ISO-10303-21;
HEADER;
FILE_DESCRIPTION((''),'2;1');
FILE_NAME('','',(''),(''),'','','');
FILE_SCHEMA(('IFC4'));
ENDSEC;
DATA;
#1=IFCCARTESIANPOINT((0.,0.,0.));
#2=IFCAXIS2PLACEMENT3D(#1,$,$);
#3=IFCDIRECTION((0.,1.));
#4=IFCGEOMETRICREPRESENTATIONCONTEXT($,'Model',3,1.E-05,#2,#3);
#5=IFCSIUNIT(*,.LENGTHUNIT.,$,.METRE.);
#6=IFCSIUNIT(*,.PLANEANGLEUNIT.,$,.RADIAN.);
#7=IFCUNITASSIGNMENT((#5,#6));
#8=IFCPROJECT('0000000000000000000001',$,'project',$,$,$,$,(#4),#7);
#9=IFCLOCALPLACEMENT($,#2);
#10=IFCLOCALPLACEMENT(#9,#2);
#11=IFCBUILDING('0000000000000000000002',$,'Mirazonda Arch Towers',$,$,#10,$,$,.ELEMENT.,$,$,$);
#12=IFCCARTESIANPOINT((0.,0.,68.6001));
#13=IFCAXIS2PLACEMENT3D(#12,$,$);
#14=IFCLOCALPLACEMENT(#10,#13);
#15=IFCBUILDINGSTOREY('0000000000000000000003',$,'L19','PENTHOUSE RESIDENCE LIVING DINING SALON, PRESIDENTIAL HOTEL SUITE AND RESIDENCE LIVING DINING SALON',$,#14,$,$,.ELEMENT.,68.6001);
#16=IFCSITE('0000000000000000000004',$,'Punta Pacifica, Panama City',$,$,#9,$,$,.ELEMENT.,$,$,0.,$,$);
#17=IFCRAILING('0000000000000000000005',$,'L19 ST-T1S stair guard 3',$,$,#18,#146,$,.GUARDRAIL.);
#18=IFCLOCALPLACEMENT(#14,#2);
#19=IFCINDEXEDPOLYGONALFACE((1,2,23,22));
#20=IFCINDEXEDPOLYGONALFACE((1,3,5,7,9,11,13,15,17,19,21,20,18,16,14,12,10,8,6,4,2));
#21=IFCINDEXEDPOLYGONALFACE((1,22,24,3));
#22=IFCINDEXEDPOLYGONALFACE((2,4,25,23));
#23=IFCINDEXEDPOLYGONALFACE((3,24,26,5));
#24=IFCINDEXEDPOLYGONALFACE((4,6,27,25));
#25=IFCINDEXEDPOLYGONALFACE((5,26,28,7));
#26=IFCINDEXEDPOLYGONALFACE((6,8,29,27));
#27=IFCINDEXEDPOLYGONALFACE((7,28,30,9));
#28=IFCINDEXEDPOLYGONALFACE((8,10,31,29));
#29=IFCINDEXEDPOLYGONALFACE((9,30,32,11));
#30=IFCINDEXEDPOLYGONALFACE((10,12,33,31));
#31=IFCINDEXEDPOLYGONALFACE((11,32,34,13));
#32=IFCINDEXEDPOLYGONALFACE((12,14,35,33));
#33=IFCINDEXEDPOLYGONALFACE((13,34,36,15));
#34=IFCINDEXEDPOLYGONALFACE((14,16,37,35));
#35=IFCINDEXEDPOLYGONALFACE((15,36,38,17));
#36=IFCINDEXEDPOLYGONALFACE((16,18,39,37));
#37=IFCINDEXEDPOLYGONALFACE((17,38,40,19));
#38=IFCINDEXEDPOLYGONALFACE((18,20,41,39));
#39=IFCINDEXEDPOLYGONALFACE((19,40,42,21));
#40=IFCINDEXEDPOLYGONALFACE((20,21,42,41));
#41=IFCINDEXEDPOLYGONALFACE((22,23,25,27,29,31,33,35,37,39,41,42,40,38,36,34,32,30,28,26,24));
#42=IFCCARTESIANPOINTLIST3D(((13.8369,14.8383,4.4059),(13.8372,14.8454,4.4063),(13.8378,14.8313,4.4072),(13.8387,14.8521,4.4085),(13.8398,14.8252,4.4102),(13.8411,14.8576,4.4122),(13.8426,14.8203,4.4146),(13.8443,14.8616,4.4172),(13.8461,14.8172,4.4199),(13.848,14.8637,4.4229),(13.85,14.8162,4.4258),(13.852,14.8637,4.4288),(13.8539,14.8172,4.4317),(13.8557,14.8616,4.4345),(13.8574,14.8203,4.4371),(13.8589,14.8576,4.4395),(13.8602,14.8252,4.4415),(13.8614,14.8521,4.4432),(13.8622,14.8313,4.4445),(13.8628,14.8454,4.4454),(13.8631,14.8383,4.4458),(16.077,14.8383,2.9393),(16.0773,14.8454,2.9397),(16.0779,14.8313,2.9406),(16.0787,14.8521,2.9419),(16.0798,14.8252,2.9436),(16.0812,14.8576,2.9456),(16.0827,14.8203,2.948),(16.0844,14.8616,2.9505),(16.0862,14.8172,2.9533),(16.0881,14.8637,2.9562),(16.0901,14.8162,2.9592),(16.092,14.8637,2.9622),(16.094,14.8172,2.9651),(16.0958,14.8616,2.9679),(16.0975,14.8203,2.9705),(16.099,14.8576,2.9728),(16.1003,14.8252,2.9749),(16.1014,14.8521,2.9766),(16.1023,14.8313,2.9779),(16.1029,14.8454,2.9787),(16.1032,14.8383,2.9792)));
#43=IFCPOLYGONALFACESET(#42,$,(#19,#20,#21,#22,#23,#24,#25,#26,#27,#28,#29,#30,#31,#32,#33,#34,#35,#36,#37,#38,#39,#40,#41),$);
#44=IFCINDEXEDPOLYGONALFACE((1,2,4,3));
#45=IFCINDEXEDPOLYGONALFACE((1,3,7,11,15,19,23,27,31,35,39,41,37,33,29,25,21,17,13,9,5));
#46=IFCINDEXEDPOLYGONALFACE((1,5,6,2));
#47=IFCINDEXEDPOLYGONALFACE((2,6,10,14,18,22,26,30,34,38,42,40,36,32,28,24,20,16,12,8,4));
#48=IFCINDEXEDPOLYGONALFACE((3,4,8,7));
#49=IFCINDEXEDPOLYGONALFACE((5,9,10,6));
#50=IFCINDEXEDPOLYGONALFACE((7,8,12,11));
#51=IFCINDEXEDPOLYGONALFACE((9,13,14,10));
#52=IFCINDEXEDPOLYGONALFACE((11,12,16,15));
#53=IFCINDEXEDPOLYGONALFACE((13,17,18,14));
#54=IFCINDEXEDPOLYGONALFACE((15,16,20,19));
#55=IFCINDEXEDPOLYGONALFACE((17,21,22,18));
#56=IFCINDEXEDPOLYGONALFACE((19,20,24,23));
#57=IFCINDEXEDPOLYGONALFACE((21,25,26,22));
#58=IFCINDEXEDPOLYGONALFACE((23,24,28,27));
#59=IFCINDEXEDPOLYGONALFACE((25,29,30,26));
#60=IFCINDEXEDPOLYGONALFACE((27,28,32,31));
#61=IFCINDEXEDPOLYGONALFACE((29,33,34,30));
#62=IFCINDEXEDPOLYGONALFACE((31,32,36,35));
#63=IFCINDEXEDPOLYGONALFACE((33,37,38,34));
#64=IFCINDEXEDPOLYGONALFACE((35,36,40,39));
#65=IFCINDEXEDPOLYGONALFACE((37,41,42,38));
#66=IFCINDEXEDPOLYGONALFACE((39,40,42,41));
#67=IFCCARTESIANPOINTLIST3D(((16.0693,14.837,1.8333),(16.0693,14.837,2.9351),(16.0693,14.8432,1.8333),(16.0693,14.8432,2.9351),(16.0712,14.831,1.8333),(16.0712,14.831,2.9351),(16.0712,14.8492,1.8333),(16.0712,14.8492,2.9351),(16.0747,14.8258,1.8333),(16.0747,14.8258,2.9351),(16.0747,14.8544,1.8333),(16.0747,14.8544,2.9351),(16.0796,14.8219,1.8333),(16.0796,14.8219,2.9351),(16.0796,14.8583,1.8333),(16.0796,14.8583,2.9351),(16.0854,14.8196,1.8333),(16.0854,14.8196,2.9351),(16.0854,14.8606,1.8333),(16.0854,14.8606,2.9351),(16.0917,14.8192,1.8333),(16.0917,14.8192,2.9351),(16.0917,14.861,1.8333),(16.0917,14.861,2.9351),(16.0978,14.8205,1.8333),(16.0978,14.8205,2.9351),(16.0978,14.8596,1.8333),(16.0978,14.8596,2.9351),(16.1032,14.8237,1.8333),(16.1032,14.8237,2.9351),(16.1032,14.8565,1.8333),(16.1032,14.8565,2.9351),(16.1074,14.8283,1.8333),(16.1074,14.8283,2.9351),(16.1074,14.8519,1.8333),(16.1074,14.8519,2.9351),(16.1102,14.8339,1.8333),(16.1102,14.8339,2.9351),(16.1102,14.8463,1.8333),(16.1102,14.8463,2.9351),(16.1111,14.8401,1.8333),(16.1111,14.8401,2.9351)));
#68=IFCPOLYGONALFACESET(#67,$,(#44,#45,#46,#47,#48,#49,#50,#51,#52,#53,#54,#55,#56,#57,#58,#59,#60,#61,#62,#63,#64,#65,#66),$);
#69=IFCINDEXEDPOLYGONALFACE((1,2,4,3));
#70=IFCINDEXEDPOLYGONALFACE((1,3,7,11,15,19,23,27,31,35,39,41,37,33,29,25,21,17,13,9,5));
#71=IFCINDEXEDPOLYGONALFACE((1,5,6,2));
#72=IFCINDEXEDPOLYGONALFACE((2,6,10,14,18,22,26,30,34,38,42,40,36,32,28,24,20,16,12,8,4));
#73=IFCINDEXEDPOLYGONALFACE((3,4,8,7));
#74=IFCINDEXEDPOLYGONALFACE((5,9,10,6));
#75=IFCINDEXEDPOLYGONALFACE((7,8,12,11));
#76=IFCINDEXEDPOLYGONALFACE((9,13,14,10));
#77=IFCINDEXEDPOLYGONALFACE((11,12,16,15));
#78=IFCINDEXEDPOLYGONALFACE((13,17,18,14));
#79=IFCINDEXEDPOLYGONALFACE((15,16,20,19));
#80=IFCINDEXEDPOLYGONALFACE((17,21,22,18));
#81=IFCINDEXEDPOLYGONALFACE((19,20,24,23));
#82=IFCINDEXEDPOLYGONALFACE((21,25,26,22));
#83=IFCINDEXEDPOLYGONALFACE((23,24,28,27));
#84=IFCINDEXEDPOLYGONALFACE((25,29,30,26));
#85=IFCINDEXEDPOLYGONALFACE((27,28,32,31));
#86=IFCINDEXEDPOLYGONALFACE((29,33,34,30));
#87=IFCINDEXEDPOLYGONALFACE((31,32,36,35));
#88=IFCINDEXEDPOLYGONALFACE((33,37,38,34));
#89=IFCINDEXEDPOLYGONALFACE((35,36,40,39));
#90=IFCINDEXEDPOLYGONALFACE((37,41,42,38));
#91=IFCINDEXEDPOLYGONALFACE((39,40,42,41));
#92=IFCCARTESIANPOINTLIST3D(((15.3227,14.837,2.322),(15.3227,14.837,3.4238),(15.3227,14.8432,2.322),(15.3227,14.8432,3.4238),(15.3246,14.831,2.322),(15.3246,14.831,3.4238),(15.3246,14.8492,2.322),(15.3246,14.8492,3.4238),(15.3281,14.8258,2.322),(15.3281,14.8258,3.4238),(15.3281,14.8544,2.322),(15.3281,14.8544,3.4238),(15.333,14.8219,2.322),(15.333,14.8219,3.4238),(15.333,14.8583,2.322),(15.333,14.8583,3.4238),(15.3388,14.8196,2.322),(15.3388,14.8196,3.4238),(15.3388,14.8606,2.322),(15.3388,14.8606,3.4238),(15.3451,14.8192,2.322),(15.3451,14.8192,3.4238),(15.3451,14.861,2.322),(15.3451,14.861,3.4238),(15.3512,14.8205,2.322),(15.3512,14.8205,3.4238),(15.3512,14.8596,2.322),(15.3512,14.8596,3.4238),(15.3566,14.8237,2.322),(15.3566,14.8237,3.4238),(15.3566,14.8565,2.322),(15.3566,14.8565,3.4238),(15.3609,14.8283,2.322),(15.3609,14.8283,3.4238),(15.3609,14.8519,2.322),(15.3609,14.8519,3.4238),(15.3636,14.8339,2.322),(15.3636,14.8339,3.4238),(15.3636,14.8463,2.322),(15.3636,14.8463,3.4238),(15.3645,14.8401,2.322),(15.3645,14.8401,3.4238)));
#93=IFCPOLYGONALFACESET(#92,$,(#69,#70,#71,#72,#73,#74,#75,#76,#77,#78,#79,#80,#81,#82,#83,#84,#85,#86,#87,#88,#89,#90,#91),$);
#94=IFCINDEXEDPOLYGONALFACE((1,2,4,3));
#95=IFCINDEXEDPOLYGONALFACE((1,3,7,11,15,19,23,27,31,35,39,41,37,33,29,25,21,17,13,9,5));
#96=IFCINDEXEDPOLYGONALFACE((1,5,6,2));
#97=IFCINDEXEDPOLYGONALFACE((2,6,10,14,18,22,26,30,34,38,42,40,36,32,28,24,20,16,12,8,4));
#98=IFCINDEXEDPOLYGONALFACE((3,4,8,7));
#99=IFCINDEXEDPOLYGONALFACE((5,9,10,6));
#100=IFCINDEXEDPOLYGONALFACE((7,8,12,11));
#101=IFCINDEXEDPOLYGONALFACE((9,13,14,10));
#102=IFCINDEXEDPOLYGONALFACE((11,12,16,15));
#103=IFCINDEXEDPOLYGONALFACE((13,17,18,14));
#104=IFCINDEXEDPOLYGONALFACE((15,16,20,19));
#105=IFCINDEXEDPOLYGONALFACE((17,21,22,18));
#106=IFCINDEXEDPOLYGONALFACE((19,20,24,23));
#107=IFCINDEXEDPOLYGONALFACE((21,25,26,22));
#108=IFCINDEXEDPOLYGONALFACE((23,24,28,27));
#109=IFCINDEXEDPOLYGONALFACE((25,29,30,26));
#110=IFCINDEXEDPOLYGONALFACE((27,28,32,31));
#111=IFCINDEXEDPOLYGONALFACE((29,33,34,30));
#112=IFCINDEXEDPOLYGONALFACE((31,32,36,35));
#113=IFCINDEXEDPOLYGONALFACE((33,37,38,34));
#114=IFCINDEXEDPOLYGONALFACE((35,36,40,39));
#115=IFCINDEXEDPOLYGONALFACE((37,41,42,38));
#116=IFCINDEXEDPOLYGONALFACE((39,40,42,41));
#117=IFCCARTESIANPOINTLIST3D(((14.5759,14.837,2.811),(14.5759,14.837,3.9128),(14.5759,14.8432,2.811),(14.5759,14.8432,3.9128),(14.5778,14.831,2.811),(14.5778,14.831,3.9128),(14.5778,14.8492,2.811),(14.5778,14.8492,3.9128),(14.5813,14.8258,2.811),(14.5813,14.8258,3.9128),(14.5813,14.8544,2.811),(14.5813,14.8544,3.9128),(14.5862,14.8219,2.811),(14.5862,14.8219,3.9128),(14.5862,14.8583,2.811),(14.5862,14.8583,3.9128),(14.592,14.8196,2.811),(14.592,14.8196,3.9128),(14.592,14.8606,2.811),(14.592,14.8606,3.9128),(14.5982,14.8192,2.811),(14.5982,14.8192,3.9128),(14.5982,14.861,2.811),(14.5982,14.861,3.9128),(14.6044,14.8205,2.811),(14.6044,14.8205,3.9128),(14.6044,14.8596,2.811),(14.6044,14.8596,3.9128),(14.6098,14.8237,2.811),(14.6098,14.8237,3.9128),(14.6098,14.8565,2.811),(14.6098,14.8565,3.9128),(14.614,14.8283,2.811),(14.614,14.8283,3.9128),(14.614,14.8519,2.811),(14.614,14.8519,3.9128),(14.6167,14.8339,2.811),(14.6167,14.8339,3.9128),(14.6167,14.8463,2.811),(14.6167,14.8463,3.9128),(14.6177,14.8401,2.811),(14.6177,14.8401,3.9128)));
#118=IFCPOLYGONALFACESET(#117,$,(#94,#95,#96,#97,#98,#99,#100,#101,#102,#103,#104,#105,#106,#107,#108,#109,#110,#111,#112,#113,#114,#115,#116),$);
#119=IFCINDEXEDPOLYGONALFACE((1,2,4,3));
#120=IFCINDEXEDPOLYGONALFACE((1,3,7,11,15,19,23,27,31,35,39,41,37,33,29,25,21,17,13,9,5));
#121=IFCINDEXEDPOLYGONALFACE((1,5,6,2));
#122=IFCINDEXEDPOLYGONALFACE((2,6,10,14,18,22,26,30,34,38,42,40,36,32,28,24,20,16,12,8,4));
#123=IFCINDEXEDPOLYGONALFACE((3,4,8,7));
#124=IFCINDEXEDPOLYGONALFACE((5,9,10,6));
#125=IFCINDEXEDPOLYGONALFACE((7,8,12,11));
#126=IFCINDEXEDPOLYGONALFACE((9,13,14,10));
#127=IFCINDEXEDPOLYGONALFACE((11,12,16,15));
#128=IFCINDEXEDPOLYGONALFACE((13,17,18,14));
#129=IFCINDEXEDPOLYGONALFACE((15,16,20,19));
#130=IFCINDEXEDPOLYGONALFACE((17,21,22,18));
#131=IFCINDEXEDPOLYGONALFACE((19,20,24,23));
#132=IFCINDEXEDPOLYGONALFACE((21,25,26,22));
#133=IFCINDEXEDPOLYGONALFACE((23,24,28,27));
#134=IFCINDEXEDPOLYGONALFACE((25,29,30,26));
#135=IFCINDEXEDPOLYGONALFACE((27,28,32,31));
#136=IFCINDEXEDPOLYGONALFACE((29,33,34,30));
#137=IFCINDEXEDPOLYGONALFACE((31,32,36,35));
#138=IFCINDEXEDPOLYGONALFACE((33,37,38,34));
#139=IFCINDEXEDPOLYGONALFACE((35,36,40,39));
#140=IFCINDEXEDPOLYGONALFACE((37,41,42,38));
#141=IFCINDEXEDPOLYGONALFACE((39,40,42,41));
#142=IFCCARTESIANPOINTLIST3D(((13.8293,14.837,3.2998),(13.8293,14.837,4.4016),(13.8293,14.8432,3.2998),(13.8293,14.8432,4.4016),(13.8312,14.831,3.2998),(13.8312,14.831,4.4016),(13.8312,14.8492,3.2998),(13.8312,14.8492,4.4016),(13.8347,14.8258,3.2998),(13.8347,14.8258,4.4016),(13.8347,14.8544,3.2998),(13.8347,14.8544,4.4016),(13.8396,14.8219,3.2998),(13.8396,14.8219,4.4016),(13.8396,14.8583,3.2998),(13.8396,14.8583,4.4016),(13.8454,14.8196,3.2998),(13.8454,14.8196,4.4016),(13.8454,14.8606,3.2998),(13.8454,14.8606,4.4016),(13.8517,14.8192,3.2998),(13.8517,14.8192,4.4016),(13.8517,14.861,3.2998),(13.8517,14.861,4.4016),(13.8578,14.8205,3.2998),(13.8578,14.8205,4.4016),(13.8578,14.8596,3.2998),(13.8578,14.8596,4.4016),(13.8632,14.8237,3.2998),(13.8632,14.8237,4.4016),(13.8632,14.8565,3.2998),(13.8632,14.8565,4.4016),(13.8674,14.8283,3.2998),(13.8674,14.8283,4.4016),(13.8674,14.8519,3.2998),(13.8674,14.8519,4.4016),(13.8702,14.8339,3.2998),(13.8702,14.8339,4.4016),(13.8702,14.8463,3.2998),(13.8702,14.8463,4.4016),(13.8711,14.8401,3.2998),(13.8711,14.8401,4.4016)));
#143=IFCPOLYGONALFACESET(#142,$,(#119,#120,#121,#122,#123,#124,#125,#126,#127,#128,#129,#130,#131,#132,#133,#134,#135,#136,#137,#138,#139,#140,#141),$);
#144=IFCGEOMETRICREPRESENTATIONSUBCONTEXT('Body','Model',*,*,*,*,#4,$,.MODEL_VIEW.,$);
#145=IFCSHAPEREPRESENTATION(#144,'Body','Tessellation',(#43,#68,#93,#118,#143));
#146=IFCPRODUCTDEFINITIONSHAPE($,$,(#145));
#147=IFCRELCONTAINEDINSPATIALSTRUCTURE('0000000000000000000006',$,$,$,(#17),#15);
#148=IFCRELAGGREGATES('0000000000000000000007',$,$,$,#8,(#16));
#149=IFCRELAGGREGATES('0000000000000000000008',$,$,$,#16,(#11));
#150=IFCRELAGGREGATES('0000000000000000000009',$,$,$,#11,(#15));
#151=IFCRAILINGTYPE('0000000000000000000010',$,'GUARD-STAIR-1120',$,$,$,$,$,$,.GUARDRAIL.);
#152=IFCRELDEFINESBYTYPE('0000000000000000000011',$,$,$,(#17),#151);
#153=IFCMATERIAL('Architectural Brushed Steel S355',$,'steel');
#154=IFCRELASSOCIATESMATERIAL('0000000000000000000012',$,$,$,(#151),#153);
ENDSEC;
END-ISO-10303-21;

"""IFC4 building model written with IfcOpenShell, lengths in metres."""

from ifc_helpers import new_model, si_unit, direction, frame, origin, origin_2d, place, context, subcontext, project, spatial, circle, extrude, material, type_object, element, save


model = new_model("IFC4")

# Units and contexts
model_context = context("Model", 3, precision=1e-05, world=origin(), true_north=direction((0.0, 1.0)))
body_context = subcontext(model_context, "Body", "Model", "MODEL_VIEW")
ifc_project = project(units=[si_unit("LENGTHUNIT", "METRE"), si_unit("PLANEANGLEUNIT", "RADIAN")], contexts=[model_context])

# Site, building, storey
site_placement = place(None, origin())
site = spatial("IfcSite", under=ifc_project, at=site_placement, Name="Punta Pacifica, Panama City", CompositionType="ELEMENT", RefElevation=0.0)
building_placement = place(site_placement, origin())
building = spatial("IfcBuilding", under=site, at=building_placement, Name="Mirazonda Arch Towers", CompositionType="ELEMENT")
storey_placement = place(building_placement, frame((0.0, 0.0, 68.6001)))
storey = spatial("IfcBuildingStorey", under=building, at=storey_placement, Name="L19", Description="PENTHOUSE RESIDENCE LIVING DINING SALON, PRESIDENTIAL HOTEL SUITE AND RESIDENCE LIVING DINING SALON", CompositionType="ELEMENT", Elevation=68.6001)

# Railing
ifc_material_1 = material(Name="Architectural Brushed Steel S355", Category="steel")
railing_type_1 = type_object("IfcRailingType", Name="GUARD-STAIR-1120", PredefinedType="GUARDRAIL", material=ifc_material_1)
railing_1_placement = place(storey_placement, frame((16.0901, 14.8401, 1.8333)))
element("IfcRailing", 1, at=railing_1_placement, inside=storey, type_object=railing_type_1, Name="L19 ST-T1S stair guard 3", PredefinedType="GUARDRAIL", context=body_context, shape_type="SweptSolid", body=[
    extrude(circle(Radius=0.0239, at=origin_2d()), frame((0.0, 0.0, 1.126), z_axis=(-0.836637, 0.0, 0.547758), x_axis=(0.0, -1.0, 0.0)), (0.0, 0.0, 1.0), 2.6775),
    extrude(circle(Radius=0.021, at=origin_2d()), origin(), (0.0, 0.0, 1.0), 1.1018),
    extrude(circle(Radius=0.021, at=origin_2d()), frame((-0.7466, 0.0, 0.4888)), (0.0, 0.0, 1.0), 1.1018),
    extrude(circle(Radius=0.021, at=origin_2d()), frame((-1.4934, 0.0, 0.9778)), (0.0, 0.0, 1.0), 1.1018),
    extrude(circle(Radius=0.021, at=origin_2d()), frame((-2.24, 0.0, 1.4666)), (0.0, 0.0, 1.0), 1.1018),
])

save(model, "model.ifc")
